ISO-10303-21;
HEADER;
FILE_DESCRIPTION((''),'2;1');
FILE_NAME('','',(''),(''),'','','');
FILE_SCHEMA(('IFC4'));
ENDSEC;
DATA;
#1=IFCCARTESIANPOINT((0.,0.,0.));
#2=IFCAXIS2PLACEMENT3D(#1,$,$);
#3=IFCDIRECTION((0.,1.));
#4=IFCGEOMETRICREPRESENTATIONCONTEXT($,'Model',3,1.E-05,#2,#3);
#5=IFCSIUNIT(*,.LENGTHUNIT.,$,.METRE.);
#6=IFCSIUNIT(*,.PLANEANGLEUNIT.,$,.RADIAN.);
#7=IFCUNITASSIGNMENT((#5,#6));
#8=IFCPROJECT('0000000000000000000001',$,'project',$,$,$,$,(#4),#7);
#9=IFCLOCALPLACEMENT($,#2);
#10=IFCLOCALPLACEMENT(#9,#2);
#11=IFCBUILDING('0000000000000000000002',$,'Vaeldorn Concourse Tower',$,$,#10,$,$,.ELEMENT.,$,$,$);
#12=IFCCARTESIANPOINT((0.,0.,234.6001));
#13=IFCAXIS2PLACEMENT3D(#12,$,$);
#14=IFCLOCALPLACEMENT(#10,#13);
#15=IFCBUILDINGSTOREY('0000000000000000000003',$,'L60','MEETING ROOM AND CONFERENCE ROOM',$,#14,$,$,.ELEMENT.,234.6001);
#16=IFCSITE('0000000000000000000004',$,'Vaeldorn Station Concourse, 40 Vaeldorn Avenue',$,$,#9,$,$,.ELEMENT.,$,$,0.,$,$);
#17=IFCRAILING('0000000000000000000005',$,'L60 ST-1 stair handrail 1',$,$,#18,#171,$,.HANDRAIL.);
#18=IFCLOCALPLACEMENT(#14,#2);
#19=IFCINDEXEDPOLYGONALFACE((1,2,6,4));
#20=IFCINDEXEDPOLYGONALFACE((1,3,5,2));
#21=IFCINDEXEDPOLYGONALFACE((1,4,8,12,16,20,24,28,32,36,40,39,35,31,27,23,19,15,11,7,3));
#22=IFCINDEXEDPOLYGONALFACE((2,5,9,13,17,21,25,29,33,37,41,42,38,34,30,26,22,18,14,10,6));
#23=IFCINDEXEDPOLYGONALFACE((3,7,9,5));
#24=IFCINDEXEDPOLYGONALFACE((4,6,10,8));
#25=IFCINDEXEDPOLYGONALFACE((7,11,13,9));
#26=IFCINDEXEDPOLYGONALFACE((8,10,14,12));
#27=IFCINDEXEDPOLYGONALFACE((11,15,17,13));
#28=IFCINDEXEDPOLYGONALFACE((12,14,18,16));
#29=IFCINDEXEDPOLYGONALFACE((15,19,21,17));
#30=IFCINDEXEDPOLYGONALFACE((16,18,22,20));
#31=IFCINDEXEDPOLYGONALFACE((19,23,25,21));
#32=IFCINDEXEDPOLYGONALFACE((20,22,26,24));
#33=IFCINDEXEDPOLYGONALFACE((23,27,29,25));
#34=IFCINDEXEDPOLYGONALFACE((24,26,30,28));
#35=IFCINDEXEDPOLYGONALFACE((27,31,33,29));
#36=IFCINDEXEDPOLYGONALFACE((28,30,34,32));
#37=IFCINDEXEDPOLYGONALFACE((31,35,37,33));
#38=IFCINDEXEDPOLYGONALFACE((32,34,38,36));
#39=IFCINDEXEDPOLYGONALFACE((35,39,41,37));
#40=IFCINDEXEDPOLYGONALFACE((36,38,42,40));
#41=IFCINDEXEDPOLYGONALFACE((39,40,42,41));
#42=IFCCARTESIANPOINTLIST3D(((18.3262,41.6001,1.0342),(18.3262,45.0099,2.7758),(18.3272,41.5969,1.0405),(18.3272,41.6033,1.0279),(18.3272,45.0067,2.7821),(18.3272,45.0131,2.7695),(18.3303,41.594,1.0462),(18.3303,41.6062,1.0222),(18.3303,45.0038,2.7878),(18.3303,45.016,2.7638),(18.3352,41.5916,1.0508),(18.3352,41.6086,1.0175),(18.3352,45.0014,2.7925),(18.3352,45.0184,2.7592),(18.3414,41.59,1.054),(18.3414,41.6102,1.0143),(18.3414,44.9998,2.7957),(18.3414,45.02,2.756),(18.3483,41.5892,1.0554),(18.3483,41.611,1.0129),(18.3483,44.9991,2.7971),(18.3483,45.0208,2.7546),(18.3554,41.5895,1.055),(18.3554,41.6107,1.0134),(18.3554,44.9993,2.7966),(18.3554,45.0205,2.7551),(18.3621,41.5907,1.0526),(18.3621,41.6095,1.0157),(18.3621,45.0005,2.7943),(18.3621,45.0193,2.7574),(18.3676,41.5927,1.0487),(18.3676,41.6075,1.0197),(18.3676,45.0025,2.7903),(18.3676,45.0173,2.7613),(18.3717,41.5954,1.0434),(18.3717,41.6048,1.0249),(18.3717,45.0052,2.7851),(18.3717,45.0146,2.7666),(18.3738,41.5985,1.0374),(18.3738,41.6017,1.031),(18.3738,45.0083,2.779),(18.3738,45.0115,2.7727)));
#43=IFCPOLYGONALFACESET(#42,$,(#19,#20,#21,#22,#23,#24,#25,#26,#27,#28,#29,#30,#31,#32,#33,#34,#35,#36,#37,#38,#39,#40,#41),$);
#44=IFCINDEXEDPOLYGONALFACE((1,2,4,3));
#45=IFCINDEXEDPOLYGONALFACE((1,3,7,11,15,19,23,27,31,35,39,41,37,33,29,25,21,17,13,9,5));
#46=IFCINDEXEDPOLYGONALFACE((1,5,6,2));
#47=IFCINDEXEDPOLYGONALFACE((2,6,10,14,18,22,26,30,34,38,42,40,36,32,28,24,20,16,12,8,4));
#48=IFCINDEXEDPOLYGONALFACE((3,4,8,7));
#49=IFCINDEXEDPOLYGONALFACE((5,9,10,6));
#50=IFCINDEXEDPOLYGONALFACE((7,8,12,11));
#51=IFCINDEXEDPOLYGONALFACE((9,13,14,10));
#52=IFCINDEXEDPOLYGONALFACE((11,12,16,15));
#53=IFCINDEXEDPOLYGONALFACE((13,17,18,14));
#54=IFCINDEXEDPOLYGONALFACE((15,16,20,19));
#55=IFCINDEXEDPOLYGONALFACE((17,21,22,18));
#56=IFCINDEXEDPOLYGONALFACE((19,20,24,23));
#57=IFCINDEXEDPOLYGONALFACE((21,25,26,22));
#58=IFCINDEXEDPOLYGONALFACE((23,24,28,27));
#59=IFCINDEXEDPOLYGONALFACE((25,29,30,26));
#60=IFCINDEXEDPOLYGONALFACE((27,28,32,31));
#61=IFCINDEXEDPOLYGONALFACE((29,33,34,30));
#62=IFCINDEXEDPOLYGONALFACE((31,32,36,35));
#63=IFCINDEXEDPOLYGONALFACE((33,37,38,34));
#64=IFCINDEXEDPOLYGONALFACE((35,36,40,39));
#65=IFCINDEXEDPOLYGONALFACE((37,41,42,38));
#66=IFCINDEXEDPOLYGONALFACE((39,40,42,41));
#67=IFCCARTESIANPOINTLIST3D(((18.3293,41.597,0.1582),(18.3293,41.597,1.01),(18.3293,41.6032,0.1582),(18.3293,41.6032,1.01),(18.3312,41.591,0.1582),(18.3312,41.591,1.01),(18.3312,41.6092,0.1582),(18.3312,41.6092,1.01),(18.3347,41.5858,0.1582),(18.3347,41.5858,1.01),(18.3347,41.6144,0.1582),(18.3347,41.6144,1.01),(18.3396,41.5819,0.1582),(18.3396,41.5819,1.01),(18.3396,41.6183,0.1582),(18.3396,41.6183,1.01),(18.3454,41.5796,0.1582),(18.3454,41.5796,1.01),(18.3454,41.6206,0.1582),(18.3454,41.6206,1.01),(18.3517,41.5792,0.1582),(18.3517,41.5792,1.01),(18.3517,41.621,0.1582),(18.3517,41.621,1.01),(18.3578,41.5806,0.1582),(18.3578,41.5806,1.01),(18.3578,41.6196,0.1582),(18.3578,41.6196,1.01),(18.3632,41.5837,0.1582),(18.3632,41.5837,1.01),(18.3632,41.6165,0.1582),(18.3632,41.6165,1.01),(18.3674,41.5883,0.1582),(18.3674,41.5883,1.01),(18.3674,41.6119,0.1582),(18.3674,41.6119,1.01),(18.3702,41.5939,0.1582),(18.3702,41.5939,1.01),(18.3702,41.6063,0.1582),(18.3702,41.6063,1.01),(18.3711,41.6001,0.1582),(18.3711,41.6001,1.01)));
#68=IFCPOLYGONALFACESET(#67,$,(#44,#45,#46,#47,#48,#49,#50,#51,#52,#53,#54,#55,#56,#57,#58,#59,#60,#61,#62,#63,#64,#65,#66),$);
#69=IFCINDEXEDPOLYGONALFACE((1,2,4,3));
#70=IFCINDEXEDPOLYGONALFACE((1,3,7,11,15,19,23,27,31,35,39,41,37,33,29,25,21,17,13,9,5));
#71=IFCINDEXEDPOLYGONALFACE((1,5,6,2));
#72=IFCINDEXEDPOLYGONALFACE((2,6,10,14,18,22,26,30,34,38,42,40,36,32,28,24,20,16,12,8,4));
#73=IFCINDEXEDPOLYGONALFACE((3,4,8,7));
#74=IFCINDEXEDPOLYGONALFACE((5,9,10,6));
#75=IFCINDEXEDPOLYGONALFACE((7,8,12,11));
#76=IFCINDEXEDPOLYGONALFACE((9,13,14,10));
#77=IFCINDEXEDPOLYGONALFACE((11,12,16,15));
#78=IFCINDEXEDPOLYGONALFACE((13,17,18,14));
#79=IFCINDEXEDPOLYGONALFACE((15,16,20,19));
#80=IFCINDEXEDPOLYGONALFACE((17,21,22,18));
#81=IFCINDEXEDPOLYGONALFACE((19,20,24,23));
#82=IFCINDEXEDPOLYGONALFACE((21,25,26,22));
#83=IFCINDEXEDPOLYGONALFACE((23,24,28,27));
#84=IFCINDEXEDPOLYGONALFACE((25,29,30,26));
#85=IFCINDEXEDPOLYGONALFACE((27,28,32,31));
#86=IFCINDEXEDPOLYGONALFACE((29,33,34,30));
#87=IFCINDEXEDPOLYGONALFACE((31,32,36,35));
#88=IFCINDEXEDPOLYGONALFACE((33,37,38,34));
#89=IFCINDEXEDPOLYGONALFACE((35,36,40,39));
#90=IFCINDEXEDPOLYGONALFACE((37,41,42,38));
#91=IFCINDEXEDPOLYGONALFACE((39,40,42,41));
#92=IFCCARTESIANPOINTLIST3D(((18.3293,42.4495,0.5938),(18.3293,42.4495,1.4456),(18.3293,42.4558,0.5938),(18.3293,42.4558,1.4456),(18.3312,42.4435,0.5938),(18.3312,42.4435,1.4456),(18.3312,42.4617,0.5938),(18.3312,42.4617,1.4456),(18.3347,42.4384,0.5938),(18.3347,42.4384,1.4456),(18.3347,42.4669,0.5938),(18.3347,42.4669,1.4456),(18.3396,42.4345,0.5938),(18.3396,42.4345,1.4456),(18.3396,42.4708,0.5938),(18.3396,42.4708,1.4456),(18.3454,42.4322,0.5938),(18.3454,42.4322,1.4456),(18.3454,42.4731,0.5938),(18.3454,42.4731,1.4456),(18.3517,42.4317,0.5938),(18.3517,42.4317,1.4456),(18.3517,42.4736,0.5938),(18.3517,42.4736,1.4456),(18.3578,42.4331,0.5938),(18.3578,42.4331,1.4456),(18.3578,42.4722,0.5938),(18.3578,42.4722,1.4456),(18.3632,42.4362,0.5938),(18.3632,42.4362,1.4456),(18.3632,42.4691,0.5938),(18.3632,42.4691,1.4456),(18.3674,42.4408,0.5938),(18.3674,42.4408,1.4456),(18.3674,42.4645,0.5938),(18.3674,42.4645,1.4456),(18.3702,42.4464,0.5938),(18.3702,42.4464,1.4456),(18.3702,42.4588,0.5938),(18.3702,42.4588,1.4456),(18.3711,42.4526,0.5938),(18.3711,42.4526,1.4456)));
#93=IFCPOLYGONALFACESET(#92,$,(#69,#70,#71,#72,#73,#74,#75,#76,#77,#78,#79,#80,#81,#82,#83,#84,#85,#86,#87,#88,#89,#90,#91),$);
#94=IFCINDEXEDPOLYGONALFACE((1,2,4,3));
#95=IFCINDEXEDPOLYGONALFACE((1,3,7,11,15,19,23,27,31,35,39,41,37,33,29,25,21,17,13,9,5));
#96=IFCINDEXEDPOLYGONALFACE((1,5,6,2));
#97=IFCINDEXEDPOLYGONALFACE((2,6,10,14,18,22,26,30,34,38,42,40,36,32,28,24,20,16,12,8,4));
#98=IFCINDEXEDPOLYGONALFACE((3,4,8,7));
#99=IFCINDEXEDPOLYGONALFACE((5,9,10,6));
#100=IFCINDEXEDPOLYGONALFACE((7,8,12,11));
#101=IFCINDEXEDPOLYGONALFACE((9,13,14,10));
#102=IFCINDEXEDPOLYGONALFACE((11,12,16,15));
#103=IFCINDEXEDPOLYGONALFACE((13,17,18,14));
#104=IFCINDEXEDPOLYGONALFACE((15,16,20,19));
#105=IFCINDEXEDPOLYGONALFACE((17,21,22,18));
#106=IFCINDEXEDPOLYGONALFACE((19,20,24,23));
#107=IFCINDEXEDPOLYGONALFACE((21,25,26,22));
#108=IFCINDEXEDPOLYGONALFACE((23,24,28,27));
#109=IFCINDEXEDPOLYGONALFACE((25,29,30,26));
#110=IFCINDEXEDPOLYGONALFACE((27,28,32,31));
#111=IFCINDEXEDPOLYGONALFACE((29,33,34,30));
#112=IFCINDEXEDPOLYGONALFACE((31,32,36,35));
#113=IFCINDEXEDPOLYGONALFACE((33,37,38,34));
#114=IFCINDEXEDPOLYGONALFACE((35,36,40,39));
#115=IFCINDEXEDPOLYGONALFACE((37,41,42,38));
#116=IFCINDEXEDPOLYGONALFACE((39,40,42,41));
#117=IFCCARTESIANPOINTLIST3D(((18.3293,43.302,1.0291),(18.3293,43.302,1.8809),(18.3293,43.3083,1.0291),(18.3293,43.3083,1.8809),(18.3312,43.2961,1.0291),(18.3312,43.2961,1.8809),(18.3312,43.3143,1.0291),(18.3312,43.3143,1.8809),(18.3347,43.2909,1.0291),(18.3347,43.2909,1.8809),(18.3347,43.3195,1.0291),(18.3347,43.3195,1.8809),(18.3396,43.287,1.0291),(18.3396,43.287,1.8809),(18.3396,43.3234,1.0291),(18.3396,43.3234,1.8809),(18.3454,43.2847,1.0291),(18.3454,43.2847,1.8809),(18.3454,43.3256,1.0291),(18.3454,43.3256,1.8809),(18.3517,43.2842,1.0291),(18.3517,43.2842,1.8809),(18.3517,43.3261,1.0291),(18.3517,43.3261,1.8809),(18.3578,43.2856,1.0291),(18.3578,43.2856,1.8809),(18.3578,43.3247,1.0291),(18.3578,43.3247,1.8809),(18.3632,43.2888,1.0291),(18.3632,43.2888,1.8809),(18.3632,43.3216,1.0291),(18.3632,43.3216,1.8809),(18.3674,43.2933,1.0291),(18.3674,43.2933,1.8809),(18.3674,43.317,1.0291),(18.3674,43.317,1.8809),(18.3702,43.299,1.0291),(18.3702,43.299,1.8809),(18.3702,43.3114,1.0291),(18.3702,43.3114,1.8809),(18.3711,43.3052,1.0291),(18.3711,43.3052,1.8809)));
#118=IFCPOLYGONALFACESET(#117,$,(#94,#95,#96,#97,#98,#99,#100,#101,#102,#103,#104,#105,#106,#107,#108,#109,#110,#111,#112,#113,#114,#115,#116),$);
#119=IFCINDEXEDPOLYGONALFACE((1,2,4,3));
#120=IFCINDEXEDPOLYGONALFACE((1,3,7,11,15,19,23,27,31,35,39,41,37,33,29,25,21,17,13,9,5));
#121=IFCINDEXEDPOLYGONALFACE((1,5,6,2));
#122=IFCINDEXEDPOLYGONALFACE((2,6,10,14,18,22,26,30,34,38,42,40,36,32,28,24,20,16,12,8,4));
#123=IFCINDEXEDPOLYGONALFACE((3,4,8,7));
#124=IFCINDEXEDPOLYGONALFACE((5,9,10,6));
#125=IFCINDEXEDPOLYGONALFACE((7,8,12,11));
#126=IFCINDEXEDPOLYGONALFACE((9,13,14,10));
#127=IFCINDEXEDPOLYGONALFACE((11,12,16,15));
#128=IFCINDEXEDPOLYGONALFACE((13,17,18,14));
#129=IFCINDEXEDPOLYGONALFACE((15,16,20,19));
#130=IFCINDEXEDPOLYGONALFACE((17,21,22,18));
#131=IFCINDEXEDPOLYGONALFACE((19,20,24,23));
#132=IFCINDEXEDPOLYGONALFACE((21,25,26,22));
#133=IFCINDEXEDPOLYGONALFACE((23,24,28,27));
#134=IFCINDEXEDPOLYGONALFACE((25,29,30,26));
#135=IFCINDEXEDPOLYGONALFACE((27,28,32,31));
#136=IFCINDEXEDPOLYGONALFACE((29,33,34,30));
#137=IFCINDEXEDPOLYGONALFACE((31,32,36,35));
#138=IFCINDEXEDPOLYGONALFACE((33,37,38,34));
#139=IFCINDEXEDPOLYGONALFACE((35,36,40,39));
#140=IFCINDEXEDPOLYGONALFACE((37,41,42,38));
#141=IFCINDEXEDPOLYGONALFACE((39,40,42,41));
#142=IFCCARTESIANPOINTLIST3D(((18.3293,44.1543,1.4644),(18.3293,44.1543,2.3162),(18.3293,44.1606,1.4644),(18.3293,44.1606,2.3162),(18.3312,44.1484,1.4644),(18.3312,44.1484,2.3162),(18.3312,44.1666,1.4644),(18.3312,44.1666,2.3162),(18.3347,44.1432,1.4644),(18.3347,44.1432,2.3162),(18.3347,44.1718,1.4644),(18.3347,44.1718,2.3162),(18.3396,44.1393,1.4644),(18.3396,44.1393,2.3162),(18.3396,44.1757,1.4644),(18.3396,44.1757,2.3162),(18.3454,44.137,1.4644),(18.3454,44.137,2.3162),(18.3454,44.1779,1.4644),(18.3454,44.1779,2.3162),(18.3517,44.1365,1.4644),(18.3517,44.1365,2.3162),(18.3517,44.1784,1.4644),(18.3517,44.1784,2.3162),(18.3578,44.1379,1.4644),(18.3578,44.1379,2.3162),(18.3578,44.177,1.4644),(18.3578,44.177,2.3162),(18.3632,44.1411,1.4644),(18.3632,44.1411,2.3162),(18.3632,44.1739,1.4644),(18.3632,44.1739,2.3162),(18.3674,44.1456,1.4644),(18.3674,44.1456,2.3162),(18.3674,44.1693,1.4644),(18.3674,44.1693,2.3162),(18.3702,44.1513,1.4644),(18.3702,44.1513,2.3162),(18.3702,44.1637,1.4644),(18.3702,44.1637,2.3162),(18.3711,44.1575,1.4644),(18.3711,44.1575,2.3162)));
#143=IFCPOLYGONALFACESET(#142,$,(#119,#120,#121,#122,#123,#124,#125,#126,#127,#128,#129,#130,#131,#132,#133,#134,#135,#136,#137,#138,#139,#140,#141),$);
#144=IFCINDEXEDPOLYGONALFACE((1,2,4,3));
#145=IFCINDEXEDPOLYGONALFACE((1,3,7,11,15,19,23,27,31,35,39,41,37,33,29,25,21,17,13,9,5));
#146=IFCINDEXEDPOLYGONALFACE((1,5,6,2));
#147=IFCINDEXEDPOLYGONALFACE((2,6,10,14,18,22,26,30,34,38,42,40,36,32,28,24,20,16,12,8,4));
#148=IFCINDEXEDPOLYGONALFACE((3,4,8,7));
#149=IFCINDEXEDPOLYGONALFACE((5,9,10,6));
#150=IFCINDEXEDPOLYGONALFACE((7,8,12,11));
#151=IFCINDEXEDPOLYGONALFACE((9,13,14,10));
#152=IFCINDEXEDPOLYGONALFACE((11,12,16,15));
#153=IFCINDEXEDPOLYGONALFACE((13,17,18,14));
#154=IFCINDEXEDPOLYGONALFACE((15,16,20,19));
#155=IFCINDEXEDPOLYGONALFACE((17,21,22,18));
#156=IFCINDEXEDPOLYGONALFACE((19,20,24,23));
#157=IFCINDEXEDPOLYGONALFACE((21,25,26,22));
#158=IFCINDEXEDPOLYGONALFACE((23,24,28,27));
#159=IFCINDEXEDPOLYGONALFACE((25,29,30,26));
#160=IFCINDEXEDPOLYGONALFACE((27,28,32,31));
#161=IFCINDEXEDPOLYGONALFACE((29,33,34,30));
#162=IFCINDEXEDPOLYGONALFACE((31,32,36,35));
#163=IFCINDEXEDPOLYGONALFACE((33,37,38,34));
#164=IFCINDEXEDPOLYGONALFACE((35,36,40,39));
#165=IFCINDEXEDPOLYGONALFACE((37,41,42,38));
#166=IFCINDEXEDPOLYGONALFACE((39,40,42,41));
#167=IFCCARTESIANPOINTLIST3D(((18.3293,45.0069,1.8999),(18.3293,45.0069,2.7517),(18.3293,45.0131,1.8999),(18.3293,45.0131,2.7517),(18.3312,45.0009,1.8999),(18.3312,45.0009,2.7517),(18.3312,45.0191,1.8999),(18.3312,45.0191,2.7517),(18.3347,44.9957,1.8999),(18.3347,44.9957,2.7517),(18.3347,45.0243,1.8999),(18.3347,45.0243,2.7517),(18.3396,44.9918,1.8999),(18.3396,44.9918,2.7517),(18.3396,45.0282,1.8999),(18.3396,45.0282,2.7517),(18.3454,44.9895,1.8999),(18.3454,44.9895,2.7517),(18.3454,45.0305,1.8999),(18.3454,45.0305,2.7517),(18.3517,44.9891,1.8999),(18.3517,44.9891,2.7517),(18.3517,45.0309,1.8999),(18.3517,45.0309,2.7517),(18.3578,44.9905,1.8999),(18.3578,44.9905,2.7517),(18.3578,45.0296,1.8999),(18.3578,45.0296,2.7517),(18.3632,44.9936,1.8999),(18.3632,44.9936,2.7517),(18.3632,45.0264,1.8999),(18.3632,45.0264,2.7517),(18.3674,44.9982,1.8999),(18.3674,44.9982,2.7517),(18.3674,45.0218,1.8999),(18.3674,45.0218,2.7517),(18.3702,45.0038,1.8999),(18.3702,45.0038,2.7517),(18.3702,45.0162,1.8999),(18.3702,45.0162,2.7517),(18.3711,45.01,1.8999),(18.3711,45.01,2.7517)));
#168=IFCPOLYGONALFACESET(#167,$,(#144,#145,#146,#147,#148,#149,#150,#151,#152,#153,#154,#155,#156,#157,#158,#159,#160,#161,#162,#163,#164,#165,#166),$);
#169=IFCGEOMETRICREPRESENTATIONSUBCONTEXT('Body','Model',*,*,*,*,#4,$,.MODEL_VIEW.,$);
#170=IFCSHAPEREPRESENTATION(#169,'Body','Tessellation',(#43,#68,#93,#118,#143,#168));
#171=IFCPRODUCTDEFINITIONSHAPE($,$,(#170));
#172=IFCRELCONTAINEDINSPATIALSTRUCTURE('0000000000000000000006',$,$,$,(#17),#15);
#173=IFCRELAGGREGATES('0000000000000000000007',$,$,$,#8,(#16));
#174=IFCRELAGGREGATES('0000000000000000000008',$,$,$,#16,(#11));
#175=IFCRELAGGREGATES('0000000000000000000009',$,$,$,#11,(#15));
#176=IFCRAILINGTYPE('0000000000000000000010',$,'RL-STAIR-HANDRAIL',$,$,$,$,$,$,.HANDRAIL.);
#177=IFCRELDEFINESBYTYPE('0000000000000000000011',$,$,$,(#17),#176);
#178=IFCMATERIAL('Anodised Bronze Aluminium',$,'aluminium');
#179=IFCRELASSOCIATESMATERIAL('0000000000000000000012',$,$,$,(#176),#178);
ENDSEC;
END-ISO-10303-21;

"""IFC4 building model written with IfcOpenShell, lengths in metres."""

from ifc_helpers import new_model, si_unit, direction, frame, origin, origin_2d, place, context, subcontext, project, spatial, circle, extrude, material, type_object, element, save


model = new_model("IFC4")

# Units and contexts
model_context = context("Model", 3, precision=1e-05, world=origin(), true_north=direction((0.0, 1.0)))
body_context = subcontext(model_context, "Body", "Model", "MODEL_VIEW")
ifc_project = project(units=[si_unit("LENGTHUNIT", "METRE"), si_unit("PLANEANGLEUNIT", "RADIAN")], contexts=[model_context])

# Site, building, storey
site_placement = place(None, origin())
site = spatial("IfcSite", under=ifc_project, at=site_placement, Name="Vaeldorn Station Concourse, 40 Vaeldorn Avenue", CompositionType="ELEMENT", RefElevation=0.0)
building_placement = place(site_placement, origin())
building = spatial("IfcBuilding", under=site, at=building_placement, Name="Vaeldorn Concourse Tower", CompositionType="ELEMENT")
storey_placement = place(building_placement, frame((0.0, 0.0, 234.6001)))
storey = spatial("IfcBuildingStorey", under=building, at=storey_placement, Name="L60", Description="MEETING ROOM AND CONFERENCE ROOM", CompositionType="ELEMENT", Elevation=234.6001)

# Shared definitions
ifc_material_1 = material(Name="Anodised Bronze Aluminium", Category="aluminium")

# Railing
railing_type_1 = type_object("IfcRailingType", Name="RL-STAIR-HANDRAIL", PredefinedType="HANDRAIL", material=ifc_material_1)
railing_1_placement = place(storey_placement, frame((18.3501, 41.6001, 0.1582)))
element("IfcRailing", 1, at=railing_1_placement, inside=storey, type_object=railing_type_1, Name="L60 ST-1 stair handrail 1", PredefinedType="HANDRAIL", context=body_context, shape_type="SweptSolid", body=[
    extrude(circle(Radius=0.0239, at=origin_2d()), frame((0.0, 0.0, 0.876), z_axis=(0.0, 0.890556, 0.454874), x_axis=(-1.0, 0.0, 0.0)), (0.0, 0.0, 1.0), 3.8289),
    extrude(circle(Radius=0.021, at=origin_2d()), origin(), (0.0, 0.0, 1.0), 0.8518),
    extrude(circle(Radius=0.021, at=origin_2d()), frame((0.0, 0.8525, 0.4355)), (0.0, 0.0, 1.0), 0.8518),
    extrude(circle(Radius=0.021, at=origin_2d()), frame((0.0, 1.7051, 0.8708)), (0.0, 0.0, 1.0), 0.8518),
    extrude(circle(Radius=0.021, at=origin_2d()), frame((0.0, 2.5574, 1.3062)), (0.0, 0.0, 1.0), 0.8518),
    extrude(circle(Radius=0.021, at=origin_2d()), frame((0.0, 3.4099, 1.7417)), (0.0, 0.0, 1.0), 0.8518),
])

save(model, "model.ifc")
